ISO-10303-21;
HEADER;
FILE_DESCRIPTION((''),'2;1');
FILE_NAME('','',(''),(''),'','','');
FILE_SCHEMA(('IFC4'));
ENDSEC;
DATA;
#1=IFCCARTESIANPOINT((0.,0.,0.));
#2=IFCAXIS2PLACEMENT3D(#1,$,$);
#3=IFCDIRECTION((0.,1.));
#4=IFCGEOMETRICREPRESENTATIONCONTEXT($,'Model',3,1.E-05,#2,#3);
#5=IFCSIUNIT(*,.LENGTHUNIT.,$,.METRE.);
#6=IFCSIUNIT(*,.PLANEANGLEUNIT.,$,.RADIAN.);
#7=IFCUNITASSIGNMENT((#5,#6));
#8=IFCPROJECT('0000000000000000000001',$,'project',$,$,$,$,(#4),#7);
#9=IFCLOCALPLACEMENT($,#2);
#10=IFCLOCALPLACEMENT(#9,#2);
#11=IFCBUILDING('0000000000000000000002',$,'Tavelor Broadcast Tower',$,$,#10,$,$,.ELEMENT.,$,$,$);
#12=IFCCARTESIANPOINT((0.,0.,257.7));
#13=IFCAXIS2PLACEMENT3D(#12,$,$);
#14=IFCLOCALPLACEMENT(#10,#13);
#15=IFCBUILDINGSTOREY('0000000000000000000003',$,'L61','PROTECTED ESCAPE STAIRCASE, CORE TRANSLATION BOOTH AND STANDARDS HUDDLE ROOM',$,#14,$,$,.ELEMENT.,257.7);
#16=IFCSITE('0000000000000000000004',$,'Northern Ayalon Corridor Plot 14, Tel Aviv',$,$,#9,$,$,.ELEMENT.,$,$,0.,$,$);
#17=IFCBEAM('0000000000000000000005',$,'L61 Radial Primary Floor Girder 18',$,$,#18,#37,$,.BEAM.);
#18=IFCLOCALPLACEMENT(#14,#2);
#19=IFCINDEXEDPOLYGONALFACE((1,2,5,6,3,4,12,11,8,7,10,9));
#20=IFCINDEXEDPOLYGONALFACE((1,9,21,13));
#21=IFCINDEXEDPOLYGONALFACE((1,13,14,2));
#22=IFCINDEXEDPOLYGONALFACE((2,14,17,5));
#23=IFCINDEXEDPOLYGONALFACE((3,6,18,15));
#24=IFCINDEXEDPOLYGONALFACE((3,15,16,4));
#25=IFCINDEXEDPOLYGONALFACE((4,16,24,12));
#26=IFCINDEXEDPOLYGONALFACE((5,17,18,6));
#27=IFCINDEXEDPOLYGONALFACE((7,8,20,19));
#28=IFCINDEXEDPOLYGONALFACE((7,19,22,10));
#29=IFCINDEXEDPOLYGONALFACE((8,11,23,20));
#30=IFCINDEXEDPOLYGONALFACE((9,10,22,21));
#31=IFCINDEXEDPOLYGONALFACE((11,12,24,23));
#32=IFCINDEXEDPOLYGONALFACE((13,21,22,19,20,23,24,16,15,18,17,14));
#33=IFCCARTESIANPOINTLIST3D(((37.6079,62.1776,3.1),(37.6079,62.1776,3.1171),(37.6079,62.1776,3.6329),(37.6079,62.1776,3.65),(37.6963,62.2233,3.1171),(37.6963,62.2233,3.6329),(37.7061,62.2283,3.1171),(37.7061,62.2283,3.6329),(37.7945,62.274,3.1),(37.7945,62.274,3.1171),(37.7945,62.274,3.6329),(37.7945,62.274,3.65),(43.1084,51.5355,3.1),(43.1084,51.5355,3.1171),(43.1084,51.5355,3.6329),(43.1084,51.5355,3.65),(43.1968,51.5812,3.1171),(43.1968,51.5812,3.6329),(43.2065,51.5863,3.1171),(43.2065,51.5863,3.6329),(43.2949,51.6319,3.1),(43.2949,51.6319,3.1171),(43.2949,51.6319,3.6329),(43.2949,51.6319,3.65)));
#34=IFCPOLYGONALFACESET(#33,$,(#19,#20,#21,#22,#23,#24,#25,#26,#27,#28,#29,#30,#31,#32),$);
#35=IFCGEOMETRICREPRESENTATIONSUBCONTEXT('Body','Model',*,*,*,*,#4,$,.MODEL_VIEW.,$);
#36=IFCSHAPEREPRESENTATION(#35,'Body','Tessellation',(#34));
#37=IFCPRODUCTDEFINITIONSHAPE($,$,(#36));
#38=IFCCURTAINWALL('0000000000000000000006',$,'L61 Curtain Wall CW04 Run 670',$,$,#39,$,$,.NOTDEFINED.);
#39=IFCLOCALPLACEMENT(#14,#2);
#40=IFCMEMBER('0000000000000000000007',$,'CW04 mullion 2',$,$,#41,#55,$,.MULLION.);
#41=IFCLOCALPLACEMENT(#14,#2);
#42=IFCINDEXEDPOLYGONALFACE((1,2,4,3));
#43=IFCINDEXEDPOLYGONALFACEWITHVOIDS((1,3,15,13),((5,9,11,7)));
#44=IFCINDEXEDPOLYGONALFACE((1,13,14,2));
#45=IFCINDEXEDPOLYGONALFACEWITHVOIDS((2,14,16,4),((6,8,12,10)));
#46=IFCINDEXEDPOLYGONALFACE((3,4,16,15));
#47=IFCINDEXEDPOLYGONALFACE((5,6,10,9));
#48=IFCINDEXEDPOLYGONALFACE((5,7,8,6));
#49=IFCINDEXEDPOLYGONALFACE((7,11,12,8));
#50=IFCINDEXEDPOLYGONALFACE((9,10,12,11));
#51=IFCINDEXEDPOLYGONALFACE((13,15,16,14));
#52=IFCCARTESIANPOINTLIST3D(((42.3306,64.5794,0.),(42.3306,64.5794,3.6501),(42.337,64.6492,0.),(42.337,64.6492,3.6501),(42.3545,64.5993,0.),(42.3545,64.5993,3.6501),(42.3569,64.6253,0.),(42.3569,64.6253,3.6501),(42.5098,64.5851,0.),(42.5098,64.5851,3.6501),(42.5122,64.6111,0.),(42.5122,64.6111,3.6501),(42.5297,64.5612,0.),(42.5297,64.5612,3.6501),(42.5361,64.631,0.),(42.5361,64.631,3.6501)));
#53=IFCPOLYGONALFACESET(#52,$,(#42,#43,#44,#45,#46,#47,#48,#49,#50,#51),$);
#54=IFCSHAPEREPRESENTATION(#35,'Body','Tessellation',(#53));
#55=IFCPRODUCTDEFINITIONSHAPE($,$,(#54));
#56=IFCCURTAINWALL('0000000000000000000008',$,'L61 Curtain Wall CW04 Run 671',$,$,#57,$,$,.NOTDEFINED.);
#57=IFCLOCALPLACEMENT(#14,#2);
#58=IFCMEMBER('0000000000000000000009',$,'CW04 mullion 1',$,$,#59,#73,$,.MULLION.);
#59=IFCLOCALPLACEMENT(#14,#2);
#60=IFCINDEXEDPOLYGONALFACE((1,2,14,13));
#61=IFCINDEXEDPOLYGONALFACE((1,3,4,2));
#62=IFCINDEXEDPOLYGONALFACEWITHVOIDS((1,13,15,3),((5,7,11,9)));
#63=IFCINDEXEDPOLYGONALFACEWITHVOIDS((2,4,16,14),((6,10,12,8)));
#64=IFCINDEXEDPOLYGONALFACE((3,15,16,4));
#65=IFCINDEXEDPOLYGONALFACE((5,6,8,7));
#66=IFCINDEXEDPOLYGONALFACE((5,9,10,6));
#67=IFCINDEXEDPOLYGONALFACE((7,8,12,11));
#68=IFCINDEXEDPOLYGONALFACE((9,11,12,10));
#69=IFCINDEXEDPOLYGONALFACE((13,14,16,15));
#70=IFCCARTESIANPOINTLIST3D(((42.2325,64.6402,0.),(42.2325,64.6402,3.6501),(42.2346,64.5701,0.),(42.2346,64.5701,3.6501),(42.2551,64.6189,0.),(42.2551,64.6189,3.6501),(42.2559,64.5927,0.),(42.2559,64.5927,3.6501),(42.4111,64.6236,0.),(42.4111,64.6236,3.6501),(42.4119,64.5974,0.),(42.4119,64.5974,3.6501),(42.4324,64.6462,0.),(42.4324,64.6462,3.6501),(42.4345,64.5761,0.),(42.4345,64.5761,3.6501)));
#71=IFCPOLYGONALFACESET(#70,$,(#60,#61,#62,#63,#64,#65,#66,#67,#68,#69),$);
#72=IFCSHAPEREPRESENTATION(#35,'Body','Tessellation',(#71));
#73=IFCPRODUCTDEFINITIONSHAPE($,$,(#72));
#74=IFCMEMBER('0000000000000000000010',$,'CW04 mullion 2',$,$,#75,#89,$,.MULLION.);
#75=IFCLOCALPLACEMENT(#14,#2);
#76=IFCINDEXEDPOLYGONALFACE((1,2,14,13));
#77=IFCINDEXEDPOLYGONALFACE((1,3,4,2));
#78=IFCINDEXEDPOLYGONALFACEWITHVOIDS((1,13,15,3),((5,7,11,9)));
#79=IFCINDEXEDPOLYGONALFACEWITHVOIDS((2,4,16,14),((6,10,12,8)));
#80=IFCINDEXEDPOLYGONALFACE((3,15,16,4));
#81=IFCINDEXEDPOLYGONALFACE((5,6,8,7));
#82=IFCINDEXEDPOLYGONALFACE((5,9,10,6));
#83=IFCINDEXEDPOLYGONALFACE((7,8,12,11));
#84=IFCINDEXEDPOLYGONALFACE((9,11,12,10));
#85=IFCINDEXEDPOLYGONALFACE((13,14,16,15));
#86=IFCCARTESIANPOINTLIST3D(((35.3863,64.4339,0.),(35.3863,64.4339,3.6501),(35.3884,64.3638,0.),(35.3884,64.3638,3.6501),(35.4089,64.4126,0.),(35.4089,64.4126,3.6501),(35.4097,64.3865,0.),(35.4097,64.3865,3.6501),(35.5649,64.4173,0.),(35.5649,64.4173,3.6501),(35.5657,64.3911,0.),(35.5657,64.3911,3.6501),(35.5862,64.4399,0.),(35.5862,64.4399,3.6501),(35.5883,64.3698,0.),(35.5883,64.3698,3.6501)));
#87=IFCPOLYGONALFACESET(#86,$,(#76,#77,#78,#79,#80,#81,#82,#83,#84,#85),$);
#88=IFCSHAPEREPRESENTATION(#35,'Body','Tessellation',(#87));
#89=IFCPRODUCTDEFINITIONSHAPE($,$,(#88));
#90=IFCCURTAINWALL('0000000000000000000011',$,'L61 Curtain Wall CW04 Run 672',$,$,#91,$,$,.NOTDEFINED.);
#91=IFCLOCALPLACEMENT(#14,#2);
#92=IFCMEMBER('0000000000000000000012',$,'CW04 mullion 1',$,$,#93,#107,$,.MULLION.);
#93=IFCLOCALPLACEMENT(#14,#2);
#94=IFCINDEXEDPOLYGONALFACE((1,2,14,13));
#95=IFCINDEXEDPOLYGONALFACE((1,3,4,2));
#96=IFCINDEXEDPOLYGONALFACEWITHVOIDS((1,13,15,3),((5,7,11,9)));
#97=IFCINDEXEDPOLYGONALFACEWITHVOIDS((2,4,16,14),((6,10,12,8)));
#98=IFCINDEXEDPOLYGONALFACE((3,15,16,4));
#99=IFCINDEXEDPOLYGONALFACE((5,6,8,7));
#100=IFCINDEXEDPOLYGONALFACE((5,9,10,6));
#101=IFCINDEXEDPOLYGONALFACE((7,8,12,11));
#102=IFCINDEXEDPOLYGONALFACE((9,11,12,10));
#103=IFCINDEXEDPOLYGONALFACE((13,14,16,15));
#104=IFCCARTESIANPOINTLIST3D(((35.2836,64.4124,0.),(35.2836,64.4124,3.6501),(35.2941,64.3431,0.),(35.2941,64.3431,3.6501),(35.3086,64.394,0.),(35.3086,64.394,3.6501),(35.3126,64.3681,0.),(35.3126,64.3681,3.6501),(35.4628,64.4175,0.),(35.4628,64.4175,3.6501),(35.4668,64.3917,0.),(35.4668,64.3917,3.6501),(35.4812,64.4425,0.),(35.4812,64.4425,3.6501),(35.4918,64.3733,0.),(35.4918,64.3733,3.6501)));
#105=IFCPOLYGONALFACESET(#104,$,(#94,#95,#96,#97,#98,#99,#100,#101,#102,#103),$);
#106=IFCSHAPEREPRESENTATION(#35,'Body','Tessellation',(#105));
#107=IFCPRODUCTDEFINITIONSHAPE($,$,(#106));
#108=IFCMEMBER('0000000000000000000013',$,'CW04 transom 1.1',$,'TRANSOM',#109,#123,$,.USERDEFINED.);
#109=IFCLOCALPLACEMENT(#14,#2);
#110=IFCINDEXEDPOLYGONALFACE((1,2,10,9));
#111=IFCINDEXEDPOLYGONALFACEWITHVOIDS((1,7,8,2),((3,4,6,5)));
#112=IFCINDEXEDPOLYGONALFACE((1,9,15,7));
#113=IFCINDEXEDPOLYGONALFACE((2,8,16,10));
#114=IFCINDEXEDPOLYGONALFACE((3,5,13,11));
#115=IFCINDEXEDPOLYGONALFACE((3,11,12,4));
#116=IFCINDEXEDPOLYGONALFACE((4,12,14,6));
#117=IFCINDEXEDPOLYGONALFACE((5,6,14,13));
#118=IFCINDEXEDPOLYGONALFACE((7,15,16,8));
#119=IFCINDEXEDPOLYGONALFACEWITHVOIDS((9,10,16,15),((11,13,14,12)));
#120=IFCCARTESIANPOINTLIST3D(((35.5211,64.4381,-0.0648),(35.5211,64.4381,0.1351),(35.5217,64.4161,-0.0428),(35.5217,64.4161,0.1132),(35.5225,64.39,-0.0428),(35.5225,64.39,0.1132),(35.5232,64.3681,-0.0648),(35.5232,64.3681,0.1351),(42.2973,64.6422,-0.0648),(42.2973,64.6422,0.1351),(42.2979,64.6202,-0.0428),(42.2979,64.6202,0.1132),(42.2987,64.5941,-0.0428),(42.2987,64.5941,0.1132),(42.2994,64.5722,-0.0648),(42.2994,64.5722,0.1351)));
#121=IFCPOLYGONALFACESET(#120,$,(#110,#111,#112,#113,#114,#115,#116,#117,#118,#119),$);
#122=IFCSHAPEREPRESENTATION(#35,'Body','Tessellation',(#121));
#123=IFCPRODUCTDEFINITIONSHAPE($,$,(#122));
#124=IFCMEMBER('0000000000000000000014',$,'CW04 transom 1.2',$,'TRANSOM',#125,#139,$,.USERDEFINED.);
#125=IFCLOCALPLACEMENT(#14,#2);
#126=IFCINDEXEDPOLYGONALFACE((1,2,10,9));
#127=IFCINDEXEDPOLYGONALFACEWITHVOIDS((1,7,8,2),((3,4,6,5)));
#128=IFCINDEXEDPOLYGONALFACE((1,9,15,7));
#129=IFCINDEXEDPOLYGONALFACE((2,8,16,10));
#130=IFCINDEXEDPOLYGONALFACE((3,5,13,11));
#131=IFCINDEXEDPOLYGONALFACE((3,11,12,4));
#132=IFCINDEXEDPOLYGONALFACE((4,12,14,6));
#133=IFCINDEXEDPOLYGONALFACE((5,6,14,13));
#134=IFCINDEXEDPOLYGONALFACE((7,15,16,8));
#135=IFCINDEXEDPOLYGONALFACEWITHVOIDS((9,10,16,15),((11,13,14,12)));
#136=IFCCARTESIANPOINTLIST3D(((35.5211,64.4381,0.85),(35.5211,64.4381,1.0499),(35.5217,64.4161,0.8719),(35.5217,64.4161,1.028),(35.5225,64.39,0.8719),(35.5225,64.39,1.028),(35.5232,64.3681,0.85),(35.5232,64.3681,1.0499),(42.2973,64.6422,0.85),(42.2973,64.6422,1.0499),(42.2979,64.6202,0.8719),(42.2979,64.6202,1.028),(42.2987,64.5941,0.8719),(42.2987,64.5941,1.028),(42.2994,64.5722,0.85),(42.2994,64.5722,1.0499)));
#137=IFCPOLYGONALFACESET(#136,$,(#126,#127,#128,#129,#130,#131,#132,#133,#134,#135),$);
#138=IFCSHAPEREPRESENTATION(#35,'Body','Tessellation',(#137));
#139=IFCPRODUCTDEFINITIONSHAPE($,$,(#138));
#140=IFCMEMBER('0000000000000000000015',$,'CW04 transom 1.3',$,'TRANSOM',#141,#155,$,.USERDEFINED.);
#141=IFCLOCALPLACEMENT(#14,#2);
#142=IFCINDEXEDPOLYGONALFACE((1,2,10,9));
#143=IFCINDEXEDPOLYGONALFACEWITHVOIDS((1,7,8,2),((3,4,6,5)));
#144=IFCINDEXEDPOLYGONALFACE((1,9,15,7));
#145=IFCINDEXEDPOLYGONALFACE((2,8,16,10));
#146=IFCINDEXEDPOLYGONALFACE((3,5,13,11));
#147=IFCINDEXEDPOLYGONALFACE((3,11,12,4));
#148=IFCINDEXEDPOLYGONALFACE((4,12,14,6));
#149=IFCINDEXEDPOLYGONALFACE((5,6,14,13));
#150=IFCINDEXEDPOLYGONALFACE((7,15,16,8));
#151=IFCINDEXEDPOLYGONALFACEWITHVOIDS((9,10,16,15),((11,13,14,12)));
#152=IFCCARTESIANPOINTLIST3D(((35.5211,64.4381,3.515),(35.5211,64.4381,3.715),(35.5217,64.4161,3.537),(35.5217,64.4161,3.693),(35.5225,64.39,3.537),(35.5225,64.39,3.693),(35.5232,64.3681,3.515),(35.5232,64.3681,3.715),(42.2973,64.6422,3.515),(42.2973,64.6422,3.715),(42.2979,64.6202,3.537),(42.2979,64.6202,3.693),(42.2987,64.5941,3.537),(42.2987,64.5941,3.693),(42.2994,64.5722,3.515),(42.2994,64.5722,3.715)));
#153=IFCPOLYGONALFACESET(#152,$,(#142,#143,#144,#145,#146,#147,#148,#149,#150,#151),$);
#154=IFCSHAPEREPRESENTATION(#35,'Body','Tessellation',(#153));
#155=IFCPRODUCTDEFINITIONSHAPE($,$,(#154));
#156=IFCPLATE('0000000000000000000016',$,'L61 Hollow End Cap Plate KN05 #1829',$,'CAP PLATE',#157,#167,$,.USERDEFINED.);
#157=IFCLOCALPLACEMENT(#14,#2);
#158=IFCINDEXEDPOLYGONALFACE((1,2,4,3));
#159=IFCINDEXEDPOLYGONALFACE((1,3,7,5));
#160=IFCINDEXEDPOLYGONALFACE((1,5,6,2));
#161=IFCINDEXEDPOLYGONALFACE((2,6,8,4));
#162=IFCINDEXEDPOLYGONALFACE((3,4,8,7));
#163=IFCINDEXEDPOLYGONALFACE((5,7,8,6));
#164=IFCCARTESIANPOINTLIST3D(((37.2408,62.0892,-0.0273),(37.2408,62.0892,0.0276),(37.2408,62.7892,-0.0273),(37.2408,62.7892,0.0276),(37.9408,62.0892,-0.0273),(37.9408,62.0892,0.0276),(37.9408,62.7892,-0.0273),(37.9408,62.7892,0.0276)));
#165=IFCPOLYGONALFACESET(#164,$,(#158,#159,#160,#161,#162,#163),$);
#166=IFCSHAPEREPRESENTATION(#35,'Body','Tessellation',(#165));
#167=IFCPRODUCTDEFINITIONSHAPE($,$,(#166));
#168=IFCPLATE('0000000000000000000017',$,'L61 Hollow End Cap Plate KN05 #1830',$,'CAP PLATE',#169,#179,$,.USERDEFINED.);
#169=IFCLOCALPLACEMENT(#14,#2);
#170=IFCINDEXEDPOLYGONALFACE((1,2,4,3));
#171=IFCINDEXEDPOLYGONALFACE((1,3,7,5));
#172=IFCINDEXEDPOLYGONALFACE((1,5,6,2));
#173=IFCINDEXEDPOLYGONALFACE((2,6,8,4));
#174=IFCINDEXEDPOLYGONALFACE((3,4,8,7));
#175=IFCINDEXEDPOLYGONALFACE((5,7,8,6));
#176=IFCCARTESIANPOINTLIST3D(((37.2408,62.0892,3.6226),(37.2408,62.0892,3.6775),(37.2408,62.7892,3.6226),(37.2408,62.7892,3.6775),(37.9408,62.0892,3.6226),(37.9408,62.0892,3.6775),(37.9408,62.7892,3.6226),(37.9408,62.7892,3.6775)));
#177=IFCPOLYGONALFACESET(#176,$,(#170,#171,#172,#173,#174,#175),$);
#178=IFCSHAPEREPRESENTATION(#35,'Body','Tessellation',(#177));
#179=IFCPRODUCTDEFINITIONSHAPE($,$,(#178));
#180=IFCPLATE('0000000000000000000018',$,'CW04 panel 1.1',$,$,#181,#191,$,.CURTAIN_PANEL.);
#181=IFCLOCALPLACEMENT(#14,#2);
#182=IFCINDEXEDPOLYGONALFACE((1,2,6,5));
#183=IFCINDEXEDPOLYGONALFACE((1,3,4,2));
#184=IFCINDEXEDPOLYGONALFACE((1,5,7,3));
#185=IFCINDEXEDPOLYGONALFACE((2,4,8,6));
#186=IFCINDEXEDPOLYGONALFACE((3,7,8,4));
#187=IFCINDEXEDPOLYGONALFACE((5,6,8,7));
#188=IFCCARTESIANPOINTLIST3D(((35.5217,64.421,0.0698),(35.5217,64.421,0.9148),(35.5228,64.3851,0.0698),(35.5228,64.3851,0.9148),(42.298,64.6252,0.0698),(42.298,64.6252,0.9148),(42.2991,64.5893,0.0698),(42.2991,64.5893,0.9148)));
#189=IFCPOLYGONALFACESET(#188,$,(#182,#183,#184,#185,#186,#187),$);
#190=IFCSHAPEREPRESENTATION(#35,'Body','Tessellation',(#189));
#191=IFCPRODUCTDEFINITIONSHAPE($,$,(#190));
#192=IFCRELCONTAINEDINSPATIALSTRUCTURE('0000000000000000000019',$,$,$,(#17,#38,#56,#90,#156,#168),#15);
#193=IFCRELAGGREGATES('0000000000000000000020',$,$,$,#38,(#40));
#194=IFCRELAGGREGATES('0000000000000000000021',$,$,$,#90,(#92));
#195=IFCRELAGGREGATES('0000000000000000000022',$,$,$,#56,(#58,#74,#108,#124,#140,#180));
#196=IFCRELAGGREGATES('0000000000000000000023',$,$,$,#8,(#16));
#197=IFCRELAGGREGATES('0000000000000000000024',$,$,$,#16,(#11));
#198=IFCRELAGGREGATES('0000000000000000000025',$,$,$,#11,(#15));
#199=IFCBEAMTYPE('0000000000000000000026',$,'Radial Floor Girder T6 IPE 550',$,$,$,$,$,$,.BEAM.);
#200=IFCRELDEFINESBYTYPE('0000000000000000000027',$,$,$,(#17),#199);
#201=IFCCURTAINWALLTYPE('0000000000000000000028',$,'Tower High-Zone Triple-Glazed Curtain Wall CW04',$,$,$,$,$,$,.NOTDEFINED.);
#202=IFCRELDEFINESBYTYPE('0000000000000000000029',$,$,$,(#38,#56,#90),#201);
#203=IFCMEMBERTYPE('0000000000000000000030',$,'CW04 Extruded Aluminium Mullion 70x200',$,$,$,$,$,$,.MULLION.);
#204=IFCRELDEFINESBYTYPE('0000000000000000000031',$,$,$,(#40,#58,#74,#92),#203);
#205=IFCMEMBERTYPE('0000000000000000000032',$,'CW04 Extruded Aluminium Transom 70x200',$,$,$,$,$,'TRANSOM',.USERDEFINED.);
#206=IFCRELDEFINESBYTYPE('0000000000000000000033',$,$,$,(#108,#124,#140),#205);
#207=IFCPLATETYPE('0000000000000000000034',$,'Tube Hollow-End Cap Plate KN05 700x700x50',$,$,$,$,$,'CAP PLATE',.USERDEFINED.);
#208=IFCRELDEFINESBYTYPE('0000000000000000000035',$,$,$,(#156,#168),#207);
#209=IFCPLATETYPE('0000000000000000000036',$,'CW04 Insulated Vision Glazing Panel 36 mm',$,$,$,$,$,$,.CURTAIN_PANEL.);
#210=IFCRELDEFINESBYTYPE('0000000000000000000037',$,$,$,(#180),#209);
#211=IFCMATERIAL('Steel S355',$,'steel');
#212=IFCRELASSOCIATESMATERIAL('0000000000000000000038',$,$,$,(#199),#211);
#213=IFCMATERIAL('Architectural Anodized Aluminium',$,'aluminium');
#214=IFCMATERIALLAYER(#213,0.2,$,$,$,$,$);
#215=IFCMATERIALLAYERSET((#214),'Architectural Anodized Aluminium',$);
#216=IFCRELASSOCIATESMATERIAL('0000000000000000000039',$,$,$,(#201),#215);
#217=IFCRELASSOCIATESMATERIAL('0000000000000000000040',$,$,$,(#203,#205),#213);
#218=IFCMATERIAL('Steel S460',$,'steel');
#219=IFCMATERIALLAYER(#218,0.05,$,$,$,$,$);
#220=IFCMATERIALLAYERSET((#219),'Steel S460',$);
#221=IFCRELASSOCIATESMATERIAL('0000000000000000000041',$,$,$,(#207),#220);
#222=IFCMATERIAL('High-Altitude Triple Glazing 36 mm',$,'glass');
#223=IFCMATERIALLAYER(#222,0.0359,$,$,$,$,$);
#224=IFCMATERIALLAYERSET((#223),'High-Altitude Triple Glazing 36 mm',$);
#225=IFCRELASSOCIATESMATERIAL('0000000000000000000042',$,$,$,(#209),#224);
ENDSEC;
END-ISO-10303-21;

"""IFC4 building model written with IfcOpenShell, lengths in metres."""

from ifc_helpers import new_model, si_unit, direction, frame, origin, origin_2d, place, context, subcontext, project, spatial, rectangle, hollow_rectangle, i_section, extrude, source, transform, mapped, material, layer, layer_set, material_profile, profile_set, type_object, type_shapes, element, aggregate, save


model = new_model("IFC4")

# Units and contexts
model_context = context("Model", 3, precision=1e-05, world=origin(), true_north=direction((0.0, 1.0)))
body_context = subcontext(model_context, "Body", "Model", "MODEL_VIEW")
ifc_project = project(units=[si_unit("LENGTHUNIT", "METRE"), si_unit("PLANEANGLEUNIT", "RADIAN")], contexts=[model_context])

# Site, building, storey
site_placement = place(None, origin())
site = spatial("IfcSite", under=ifc_project, at=site_placement, Name="Northern Ayalon Corridor Plot 14, Tel Aviv", CompositionType="ELEMENT", RefElevation=0.0)
building_placement = place(site_placement, origin())
building = spatial("IfcBuilding", under=site, at=building_placement, Name="Tavelor Broadcast Tower", CompositionType="ELEMENT")
storey_placement = place(building_placement, frame((0.0, 0.0, 257.7)))
storey = spatial("IfcBuildingStorey", under=building, at=storey_placement, Name="L61", Description="PROTECTED ESCAPE STAIRCASE, CORE TRANSLATION BOOTH AND STANDARDS HUDDLE ROOM", CompositionType="ELEMENT", Elevation=257.7)

# Shared definitions
ifc_material_1 = material(Name="Steel S460", Category="steel")

# Beam
ifc_material_2 = material(Name="Steel S355", Category="steel")
ifc_material_profile_1 = material_profile(ifc_material_2, i_section(OverallWidth=0.21, OverallDepth=0.55, WebThickness=0.011, FlangeThickness=0.0171, at=origin_2d()), Name="IPE 550")
ifc_profile_set_1 = profile_set([ifc_material_profile_1], Name="Steel S355")
beam_type_1 = type_object("IfcBeamType", Name="Radial Floor Girder T6 IPE 550", PredefinedType="BEAM", material=ifc_profile_set_1)
beam_1_placement = place(storey_placement, frame((43.2017, 51.5837, 3.375), z_axis=(-0.459157, 0.888355, 0.0), x_axis=(-0.888355, -0.459157, 0.0)))
element("IfcBeam", 1, at=beam_1_placement, inside=storey, type_object=beam_type_1, Name="L61 Radial Primary Floor Girder 18", PredefinedType="BEAM", context=body_context, shape_type="SweptSolid", body=[
    extrude(i_section(OverallWidth=0.21, OverallDepth=0.55, WebThickness=0.011, FlangeThickness=0.0171, at=origin_2d()), origin(), (0.0, 0.0, 1.0), 11.9795),
])

# Curtain wall, member
ifc_material_3 = material(Name="Architectural Anodized Aluminium", Category="aluminium")
ifc_layer_1 = layer(ifc_material_3, 0.2)
ifc_layer_set_1 = layer_set([ifc_layer_1], Name="Architectural Anodized Aluminium")
curtain_wall_type = type_object("IfcCurtainWallType", Name="Tower High-Zone Triple-Glazed Curtain Wall CW04", PredefinedType="NOTDEFINED", material=ifc_layer_set_1)
curtain_wall_1_placement = place(storey_placement, origin())
curtain_wall_1 = element("IfcCurtainWall", 2, at=curtain_wall_1_placement, inside=storey, type_object=curtain_wall_type, Name="L61 Curtain Wall CW04 Run 670", PredefinedType="NOTDEFINED")
ifc_material_profile_2 = material_profile(ifc_material_3, hollow_rectangle(XDim=0.0701, YDim=0.2, WallThickness=0.022, at=origin_2d()), Name="RHS 70x200x22")
ifc_profile_set_2 = profile_set([ifc_material_profile_2], Name="Architectural Anodized Aluminium")
member_type_1 = type_object("IfcMemberType", Name="CW04 Extruded Aluminium Mullion 70x200", PredefinedType="MULLION", material=ifc_profile_set_2)
shared_shape_1 = source(origin(), body_context, "Body", "SweptSolid", [
    extrude(hollow_rectangle(XDim=0.0701, YDim=0.2, WallThickness=0.022, at=origin_2d()), origin(), (0.0, 0.0, 1.0), 3.6501),
])
type_shapes(member_type_1, [shared_shape_1])
member_1_placement = place(storey_placement, frame((42.4333, 64.6052, 0.0), z_axis=(0.0, 0.0, 1.0), x_axis=(-0.09105, -0.995846, 0.0)))
member_1 = element("IfcMember", 3, at=member_1_placement, type_object=member_type_1, Name="CW04 mullion 2", PredefinedType="MULLION", context=body_context, shape_type="MappedRepresentation", body=[
    mapped(shared_shape_1, transform((0.0, 0.0, 0.0), scale=1.0)),
])
aggregate(curtain_wall_1, [member_1])

# Curtain wall, members
curtain_wall_2_placement = place(storey_placement, origin())
curtain_wall_2 = element("IfcCurtainWall", 4, at=curtain_wall_2_placement, inside=storey, type_object=curtain_wall_type, Name="L61 Curtain Wall CW04 Run 671", PredefinedType="NOTDEFINED")
member_2_placement = place(storey_placement, frame((42.3335, 64.6082, 0.0), z_axis=(0.0, 0.0, 1.0), x_axis=(0.030118, -0.999546, 0.0)))
member_2 = element("IfcMember", 5, at=member_2_placement, type_object=member_type_1, Name="CW04 mullion 1", PredefinedType="MULLION", context=body_context, shape_type="MappedRepresentation", body=[
    mapped(shared_shape_1, transform((0.0, 0.0, 0.0), scale=1.0)),
])
member_3_placement = place(storey_placement, frame((35.4873, 64.4019, 0.0), z_axis=(0.0, 0.0, 1.0), x_axis=(0.030118, -0.999546, 0.0)))
member_3 = element("IfcMember", 6, at=member_3_placement, type_object=member_type_1, Name="CW04 mullion 2", PredefinedType="MULLION", context=body_context, shape_type="MappedRepresentation", body=[
    mapped(shared_shape_1, transform((0.0, 0.0, 0.0), scale=1.0)),
])

# Curtain wall, member
curtain_wall_3_placement = place(storey_placement, origin())
curtain_wall_3 = element("IfcCurtainWall", 7, at=curtain_wall_3_placement, inside=storey, type_object=curtain_wall_type, Name="L61 Curtain Wall CW04 Run 672", PredefinedType="NOTDEFINED")
member_4_placement = place(storey_placement, frame((35.3877, 64.3928, 0.0), z_axis=(0.0, 0.0, 1.0), x_axis=(0.150852, -0.988556, 0.0)))
member_4 = element("IfcMember", 8, at=member_4_placement, type_object=member_type_1, Name="CW04 mullion 1", PredefinedType="MULLION", context=body_context, shape_type="MappedRepresentation", body=[
    mapped(shared_shape_1, transform((0.0, 0.0, 0.0), scale=1.0)),
])
aggregate(curtain_wall_3, [member_4])

# Members
ifc_material_profile_3 = material_profile(ifc_material_3, hollow_rectangle(XDim=0.0701, YDim=0.2, WallThickness=0.022, at=origin_2d()), Name="RHS 70x200x22")
ifc_profile_set_3 = profile_set([ifc_material_profile_3], Name="Architectural Anodized Aluminium")
member_type_2 = type_object("IfcMemberType", Name="CW04 Extruded Aluminium Transom 70x200", ElementType="TRANSOM", PredefinedType="USERDEFINED", material=ifc_profile_set_3)
shared_shape_2 = source(origin(), body_context, "Body", "SweptSolid", [
    extrude(hollow_rectangle(XDim=0.0701, YDim=0.2, WallThickness=0.022, at=origin_2d()), origin(), (0.0, 0.0, 1.0), 6.7793),
])
type_shapes(member_type_2, [shared_shape_2])
member_5_placement = place(storey_placement, frame((42.2983, 64.6072, 0.0352), z_axis=(-0.999547, -0.030107, 0.0), x_axis=(0.030107, -0.999547, 0.0)))
member_5 = element("IfcMember", 9, at=member_5_placement, type_object=member_type_2, Name="CW04 transom 1.1", ObjectType="TRANSOM", PredefinedType="USERDEFINED", context=body_context, shape_type="MappedRepresentation", body=[
    mapped(shared_shape_2, transform((0.0, 0.0, 0.0), scale=1.0)),
])
member_6_placement = place(storey_placement, frame((42.2983, 64.6072, 0.95), z_axis=(-0.999547, -0.030107, 0.0), x_axis=(0.030107, -0.999547, 0.0)))
member_6 = element("IfcMember", 10, at=member_6_placement, type_object=member_type_2, Name="CW04 transom 1.2", ObjectType="TRANSOM", PredefinedType="USERDEFINED", context=body_context, shape_type="MappedRepresentation", body=[
    mapped(shared_shape_2, transform((0.0, 0.0, 0.0), scale=1.0)),
])
member_7_placement = place(storey_placement, frame((42.2983, 64.6072, 3.615), z_axis=(-0.999547, -0.030107, 0.0), x_axis=(0.030107, -0.999547, 0.0)))
member_7 = element("IfcMember", 11, at=member_7_placement, type_object=member_type_2, Name="CW04 transom 1.3", ObjectType="TRANSOM", PredefinedType="USERDEFINED", context=body_context, shape_type="MappedRepresentation", body=[
    mapped(shared_shape_2, transform((0.0, 0.0, 0.0), scale=1.0)),
])

# Plates
ifc_layer_2 = layer(ifc_material_1, 0.05)
ifc_layer_set_2 = layer_set([ifc_layer_2], Name="Steel S460")
plate_type_1 = type_object("IfcPlateType", Name="Tube Hollow-End Cap Plate KN05 700x700x50", ElementType="CAP PLATE", PredefinedType="USERDEFINED", material=ifc_layer_set_2)
shared_shape_3 = source(origin(), body_context, "Body", "SweptSolid", [
    extrude(rectangle(XDim=0.7, YDim=0.7, at=origin_2d()), origin(), (0.0, 0.0, 1.0), 0.0549),
])
type_shapes(plate_type_1, [shared_shape_3])
for number, where, z_axis, x_axis, name in (
    (12, (37.5908, 62.4392, -0.0273), (0.0, 0.0, 1.0), (1.0, 0.0, 0.0), "L61 Hollow End Cap Plate KN05 #1829"),
    (13, (37.5908, 62.4392, 3.6226), (0.0, 0.0, 1.0), (1.0, 0.0, 0.0), "L61 Hollow End Cap Plate KN05 #1830"),
):
    element("IfcPlate", number, at=place(storey_placement, frame(where, z_axis=z_axis, x_axis=x_axis)), inside=storey, type_object=plate_type_1, Name=name, ObjectType="CAP PLATE", PredefinedType="USERDEFINED", context=body_context, shape_type="MappedRepresentation", body=[
        mapped(shared_shape_3, transform((0.0, 0.0, 0.0), scale=1.0)),
    ])

# Plate
ifc_material_4 = material(Name="High-Altitude Triple Glazing 36 mm", Category="glass")
ifc_layer_3 = layer(ifc_material_4, 0.0359)
ifc_layer_set_3 = layer_set([ifc_layer_3], Name="High-Altitude Triple Glazing 36 mm")
plate_type_2 = type_object("IfcPlateType", Name="CW04 Insulated Vision Glazing Panel 36 mm", PredefinedType="CURTAIN_PANEL", material=ifc_layer_set_3)
shared_shape_4 = source(origin(), body_context, "Body", "SweptSolid", [
    extrude(rectangle(XDim=6.7793, YDim=0.0359, at=origin_2d()), origin(), (0.0, 0.0, 1.0), 0.845),
])
plate_1_placement = place(storey_placement, frame((38.9104, 64.5051, 0.0698), z_axis=(0.0, 0.0, 1.0), x_axis=(-0.999546, -0.030118, 0.0)))
plate_1 = element("IfcPlate", 14, at=plate_1_placement, type_object=plate_type_2, Name="CW04 panel 1.1", PredefinedType="CURTAIN_PANEL", context=body_context, shape_type="MappedRepresentation", body=[
    mapped(shared_shape_4, transform((0.0, 0.0, 0.0), scale=1.0)),
])
aggregate(curtain_wall_2, [member_2, member_3, member_5, member_6, member_7, plate_1])

save(model, "model.ifc")
